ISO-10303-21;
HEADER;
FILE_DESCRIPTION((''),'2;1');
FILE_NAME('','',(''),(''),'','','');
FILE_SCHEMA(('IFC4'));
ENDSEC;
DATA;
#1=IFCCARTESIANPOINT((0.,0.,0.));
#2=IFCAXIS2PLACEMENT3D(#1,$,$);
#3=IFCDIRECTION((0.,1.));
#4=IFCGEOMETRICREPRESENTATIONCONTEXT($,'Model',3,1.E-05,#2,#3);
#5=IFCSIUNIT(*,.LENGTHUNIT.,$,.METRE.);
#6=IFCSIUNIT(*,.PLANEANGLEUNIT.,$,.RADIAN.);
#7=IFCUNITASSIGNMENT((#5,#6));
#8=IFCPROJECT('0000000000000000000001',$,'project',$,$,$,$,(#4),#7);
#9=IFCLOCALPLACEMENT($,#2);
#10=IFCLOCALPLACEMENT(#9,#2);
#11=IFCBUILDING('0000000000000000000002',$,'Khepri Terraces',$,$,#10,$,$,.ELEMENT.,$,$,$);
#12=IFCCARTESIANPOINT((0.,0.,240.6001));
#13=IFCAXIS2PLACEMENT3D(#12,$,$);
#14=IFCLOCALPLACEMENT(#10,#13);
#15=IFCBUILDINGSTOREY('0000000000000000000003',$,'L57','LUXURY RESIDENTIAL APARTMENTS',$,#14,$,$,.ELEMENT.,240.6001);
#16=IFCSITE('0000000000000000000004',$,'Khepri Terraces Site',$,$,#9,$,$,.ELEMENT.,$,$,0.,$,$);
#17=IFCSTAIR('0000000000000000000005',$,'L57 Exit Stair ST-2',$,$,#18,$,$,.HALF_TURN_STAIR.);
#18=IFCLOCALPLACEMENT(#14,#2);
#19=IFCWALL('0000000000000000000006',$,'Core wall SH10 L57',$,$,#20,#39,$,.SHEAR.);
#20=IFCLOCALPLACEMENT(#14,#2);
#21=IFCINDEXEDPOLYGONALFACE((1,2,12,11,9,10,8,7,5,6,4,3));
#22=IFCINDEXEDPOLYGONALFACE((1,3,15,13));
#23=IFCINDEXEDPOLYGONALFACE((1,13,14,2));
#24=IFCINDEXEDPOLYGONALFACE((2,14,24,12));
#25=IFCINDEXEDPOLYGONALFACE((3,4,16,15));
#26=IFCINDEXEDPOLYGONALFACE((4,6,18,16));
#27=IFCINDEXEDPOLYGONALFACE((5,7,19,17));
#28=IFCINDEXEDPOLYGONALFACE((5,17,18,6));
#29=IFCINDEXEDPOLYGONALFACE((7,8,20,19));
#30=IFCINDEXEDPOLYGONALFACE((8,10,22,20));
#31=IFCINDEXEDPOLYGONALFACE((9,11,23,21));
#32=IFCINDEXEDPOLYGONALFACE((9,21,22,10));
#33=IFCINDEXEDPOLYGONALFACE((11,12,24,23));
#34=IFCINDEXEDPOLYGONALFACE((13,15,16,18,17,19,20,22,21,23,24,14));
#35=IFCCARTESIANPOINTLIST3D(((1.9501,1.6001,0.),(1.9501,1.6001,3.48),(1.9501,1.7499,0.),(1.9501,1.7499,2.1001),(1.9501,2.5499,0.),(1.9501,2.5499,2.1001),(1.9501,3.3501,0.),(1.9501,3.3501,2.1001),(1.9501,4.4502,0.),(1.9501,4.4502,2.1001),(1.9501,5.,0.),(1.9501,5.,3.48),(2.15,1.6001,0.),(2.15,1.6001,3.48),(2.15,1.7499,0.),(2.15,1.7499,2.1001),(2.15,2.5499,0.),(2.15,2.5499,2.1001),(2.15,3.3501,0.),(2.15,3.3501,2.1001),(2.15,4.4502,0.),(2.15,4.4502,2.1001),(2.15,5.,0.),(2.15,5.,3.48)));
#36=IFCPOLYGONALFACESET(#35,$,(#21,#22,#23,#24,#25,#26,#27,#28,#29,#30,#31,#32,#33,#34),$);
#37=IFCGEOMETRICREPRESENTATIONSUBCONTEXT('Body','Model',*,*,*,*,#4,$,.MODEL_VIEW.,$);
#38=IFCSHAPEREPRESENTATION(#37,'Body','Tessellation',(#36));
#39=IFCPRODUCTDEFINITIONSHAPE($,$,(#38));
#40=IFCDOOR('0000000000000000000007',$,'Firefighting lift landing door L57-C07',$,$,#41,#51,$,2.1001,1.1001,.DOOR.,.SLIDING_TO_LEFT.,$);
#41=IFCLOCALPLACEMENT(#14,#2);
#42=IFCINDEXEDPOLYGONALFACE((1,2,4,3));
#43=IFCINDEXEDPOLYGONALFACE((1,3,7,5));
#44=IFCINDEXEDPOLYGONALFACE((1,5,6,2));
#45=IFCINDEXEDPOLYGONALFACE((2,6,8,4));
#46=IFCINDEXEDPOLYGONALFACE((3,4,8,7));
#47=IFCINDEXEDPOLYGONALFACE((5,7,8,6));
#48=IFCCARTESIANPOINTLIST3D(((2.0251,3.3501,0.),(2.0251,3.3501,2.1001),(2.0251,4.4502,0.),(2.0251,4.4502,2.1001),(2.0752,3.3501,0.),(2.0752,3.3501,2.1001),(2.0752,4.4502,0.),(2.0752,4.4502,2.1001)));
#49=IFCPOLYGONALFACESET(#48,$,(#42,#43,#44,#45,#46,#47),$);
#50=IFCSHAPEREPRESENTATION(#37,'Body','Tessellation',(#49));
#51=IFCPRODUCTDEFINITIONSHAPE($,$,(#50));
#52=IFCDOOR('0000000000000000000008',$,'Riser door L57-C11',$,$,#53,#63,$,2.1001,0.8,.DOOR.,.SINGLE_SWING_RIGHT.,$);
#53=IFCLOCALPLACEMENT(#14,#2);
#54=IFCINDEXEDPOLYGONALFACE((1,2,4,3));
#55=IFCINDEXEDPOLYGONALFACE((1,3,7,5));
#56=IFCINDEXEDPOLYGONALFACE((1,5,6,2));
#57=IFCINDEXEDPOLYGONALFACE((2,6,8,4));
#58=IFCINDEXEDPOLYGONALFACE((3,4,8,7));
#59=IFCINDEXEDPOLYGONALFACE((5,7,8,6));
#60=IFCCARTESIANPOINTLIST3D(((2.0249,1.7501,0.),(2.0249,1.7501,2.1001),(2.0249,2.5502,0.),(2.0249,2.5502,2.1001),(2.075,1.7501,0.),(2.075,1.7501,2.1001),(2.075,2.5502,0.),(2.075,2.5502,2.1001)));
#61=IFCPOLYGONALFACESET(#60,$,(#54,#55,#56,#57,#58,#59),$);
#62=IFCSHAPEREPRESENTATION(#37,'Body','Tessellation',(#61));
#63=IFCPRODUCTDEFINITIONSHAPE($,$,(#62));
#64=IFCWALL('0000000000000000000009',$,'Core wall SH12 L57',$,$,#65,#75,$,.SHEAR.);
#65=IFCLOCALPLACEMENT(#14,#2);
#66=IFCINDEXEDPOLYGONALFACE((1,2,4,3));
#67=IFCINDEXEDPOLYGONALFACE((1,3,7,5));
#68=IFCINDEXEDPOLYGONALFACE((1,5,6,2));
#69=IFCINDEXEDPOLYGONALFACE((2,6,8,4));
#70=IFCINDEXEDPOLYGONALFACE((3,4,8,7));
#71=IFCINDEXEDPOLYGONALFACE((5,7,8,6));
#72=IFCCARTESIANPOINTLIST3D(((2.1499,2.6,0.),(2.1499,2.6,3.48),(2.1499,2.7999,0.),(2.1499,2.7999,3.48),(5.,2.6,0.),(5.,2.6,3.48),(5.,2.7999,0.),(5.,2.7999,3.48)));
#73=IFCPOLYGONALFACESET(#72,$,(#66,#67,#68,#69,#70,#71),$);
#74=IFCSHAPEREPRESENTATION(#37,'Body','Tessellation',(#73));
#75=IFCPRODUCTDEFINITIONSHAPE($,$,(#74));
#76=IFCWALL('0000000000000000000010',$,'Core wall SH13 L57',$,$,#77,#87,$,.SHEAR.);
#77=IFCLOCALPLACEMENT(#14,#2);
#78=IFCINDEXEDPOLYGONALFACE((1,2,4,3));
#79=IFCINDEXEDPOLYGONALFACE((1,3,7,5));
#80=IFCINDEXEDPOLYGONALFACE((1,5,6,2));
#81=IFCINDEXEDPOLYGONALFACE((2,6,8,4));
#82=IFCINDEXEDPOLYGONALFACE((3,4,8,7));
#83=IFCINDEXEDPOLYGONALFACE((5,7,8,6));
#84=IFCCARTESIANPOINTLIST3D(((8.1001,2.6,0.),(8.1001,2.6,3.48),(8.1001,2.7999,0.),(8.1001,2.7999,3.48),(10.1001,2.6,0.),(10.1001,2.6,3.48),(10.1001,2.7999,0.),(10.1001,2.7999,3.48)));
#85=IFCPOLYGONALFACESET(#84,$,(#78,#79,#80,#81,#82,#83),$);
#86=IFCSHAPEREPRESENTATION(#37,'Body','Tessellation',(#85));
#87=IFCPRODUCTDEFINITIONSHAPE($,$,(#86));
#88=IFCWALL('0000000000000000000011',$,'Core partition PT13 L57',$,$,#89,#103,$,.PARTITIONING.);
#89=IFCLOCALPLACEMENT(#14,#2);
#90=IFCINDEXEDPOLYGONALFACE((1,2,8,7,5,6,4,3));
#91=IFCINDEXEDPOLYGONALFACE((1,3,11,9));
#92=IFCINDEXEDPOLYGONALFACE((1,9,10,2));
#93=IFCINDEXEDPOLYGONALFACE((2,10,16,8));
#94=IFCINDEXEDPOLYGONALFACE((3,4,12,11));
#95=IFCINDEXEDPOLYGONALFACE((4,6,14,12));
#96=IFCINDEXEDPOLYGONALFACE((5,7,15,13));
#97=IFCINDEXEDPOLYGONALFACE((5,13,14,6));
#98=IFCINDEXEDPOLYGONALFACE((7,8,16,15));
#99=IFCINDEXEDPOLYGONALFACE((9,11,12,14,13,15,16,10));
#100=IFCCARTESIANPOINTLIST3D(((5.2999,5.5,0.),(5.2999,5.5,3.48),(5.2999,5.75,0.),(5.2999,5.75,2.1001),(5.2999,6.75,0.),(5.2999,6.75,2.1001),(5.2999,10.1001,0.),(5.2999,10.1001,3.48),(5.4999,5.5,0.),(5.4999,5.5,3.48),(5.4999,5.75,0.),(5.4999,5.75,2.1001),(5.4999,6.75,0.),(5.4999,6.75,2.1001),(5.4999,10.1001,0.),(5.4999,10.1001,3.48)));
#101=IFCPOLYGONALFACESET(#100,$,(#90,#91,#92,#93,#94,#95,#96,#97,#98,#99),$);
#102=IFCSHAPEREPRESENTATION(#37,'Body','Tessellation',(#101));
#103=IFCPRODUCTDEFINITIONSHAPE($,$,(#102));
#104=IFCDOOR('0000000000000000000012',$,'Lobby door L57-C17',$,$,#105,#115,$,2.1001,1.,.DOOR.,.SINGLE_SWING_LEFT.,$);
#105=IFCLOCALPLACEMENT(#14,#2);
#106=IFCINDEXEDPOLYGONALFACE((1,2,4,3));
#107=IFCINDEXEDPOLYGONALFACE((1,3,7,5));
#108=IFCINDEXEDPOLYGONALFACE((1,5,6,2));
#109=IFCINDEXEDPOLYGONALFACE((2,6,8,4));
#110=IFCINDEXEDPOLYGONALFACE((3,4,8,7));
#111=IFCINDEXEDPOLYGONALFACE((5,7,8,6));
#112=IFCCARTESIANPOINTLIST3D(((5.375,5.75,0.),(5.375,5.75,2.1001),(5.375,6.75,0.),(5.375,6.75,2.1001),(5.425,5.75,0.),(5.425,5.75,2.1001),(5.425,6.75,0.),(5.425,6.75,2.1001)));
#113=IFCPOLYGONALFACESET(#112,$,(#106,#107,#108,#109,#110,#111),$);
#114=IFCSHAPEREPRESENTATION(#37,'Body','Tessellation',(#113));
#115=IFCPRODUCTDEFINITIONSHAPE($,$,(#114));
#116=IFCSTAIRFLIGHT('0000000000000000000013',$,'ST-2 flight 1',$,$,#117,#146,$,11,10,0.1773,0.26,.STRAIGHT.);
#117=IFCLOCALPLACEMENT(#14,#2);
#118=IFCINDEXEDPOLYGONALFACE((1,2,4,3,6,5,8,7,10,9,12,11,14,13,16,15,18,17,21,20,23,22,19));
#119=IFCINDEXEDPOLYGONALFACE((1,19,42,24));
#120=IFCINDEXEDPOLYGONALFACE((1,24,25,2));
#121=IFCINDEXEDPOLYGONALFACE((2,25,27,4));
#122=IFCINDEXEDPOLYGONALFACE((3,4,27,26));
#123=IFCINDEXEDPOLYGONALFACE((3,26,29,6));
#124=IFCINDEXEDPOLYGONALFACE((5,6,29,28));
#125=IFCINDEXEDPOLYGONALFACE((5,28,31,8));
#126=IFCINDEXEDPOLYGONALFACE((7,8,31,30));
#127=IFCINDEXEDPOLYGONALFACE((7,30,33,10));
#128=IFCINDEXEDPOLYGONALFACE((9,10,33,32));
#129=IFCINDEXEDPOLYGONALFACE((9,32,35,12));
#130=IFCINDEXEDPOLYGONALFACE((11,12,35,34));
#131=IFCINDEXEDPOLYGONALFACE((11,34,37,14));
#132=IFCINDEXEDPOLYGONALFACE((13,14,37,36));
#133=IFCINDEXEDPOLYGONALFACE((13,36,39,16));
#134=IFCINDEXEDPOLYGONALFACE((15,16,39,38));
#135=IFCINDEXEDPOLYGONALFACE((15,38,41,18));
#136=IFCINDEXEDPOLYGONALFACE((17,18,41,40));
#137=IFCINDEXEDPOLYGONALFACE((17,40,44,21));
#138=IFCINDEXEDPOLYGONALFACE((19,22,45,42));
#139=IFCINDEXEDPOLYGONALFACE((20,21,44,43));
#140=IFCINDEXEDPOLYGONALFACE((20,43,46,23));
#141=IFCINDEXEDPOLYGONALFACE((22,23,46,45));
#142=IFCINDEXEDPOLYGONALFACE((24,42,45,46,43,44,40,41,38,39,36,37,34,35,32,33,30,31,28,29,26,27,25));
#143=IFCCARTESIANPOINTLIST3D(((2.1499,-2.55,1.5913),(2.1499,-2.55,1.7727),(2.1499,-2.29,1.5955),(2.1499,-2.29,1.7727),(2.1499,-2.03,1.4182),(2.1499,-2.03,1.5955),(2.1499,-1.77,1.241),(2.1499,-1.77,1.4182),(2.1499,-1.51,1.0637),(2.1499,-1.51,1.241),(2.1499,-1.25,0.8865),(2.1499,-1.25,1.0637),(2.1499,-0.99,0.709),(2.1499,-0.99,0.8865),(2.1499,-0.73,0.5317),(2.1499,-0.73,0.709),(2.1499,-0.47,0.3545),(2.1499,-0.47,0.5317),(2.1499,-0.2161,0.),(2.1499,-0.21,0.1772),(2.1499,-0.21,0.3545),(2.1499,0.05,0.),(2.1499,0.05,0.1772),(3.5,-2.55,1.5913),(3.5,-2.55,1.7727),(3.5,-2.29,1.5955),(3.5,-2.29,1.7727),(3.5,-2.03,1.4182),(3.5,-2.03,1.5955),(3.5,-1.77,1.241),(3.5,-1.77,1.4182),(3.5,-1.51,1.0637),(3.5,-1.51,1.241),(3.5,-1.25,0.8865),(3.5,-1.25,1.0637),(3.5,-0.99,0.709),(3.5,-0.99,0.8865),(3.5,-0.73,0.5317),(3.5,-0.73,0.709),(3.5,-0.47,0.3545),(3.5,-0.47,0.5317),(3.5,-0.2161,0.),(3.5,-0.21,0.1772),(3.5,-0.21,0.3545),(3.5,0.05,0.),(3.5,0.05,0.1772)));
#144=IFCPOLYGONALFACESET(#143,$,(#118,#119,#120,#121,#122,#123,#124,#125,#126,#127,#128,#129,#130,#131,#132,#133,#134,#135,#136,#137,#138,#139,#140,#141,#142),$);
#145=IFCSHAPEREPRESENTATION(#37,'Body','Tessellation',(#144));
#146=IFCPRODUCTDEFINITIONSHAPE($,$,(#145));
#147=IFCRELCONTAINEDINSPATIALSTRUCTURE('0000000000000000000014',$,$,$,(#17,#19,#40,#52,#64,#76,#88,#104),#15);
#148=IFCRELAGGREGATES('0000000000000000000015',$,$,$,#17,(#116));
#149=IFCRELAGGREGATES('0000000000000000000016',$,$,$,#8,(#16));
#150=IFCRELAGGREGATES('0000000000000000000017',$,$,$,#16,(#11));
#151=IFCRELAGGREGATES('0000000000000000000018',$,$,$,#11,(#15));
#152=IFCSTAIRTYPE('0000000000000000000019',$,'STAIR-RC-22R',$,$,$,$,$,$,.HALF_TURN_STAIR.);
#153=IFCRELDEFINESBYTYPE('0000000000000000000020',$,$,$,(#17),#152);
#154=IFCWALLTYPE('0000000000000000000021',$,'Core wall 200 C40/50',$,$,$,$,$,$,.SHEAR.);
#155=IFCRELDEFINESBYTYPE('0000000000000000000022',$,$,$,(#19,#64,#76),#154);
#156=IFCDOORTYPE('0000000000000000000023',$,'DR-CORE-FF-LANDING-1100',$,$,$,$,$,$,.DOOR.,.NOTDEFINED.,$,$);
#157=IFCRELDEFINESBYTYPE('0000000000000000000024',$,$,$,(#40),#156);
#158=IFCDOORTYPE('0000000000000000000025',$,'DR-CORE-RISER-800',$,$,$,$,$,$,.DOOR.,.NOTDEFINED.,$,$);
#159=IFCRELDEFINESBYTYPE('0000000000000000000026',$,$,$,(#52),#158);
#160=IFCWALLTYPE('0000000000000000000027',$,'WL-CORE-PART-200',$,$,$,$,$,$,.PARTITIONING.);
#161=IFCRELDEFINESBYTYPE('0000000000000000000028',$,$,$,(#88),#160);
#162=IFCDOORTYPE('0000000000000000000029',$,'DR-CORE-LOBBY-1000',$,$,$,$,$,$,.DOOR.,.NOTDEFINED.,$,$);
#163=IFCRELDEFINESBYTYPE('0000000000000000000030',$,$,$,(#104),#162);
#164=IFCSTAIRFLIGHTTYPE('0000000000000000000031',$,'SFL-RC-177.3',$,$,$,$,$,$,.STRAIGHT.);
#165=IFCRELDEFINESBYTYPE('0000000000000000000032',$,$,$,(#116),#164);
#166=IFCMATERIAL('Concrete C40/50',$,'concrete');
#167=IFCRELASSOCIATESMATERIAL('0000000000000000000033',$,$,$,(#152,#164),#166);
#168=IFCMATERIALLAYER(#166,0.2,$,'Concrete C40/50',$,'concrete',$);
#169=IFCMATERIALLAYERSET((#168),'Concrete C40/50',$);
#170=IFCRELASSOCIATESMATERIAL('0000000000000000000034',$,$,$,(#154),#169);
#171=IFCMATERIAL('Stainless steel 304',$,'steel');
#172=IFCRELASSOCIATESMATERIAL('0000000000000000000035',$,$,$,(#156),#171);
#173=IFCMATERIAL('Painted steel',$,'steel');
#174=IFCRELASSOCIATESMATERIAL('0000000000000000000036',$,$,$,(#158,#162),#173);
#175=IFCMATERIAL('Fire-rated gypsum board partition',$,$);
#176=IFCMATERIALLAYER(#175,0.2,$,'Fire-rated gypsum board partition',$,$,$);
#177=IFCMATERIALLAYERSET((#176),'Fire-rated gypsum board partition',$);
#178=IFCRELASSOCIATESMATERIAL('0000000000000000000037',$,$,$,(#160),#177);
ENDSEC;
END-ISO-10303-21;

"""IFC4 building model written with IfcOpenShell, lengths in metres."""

from ifc_helpers import new_model, si_unit, direction, frame, frame_2d, origin, place, context, subcontext, project, spatial, polyline, rectangle, outline, extrude, material, layer, layer_set, type_object, element, fill, aggregate, save


model = new_model("IFC4")

# Units and contexts
model_context = context("Model", 3, precision=1e-05, world=origin(), true_north=direction((0.0, 1.0)))
body_context = subcontext(model_context, "Body", "Model", "MODEL_VIEW")
ifc_project = project(units=[si_unit("LENGTHUNIT", "METRE"), si_unit("PLANEANGLEUNIT", "RADIAN")], contexts=[model_context])

# Site, building, storey
site_placement = place(None, origin())
site = spatial("IfcSite", under=ifc_project, at=site_placement, Name="Khepri Terraces Site", CompositionType="ELEMENT", RefElevation=0.0)
building_placement = place(site_placement, origin())
building = spatial("IfcBuilding", under=site, at=building_placement, Name="Khepri Terraces", CompositionType="ELEMENT")
storey_placement = place(building_placement, frame((0.0, 0.0, 240.6001)))
storey = spatial("IfcBuildingStorey", under=building, at=storey_placement, Name="L57", Description="LUXURY RESIDENTIAL APARTMENTS", CompositionType="ELEMENT", Elevation=240.6001)

# Stair
ifc_material_1 = material(Name="Concrete C40/50", Category="concrete")
stair_type = type_object("IfcStairType", Name="STAIR-RC-22R", PredefinedType="HALF_TURN_STAIR", material=ifc_material_1)
stair_1_placement = place(storey_placement, origin())
stair_1 = element("IfcStair", 1, at=stair_1_placement, inside=storey, type_object=stair_type, Name="L57 Exit Stair ST-2", PredefinedType="HALF_TURN_STAIR")

# Shared definitions
ifc_layer_1 = layer(ifc_material_1, 0.2, Name="Concrete C40/50", Category="concrete")
ifc_layer_set_1 = layer_set([ifc_layer_1], Name="Concrete C40/50")
wall_type_1 = type_object("IfcWallType", Name="Core wall 200 C40/50", PredefinedType="SHEAR", material=ifc_layer_set_1)

# Shared definitions
ifc_material_2 = material(Name="Painted steel", Category="steel")

# Wall, openings, doors
wall_1_placement = place(storey_placement, frame((2.05, 1.6001, 0.0), z_axis=(0.0, 0.0, 1.0), x_axis=(0.0, 1.0, 0.0)))
wall_1 = element("IfcWall", 2, at=wall_1_placement, inside=storey, type_object=wall_type_1, Name="Core wall SH10 L57", PredefinedType="SHEAR", context=body_context, shape_type="SweptSolid", body=[
    extrude(rectangle(XDim=3.3999, YDim=0.2, at=frame_2d((1.7, 0.0))), origin(), (0.0, 0.0, 1.0), 3.48),
])
opening_1_placement = place(wall_1_placement, frame((1.75, 0.0, 0.0)))
opening_1 = element("IfcOpeningElement", 3, at=opening_1_placement, cuts=wall_1, PredefinedType="OPENING", context=body_context, shape_type="SweptSolid", body=[
    extrude(rectangle(XDim=1.1001, YDim=2.1001, at=frame_2d((0.55, 1.05))), frame((0.0, 0.1099, 0.0), z_axis=(0.0, -1.0, 0.0), x_axis=(1.0, 0.0, 0.0)), (0.0, 0.0, 1.0), 0.22),
])
opening_2_placement = place(wall_1_placement, frame((0.1499, 0.0, 0.0)))
opening_2 = element("IfcOpeningElement", 4, at=opening_2_placement, cuts=wall_1, PredefinedType="OPENING", context=body_context, shape_type="SweptSolid", body=[
    extrude(rectangle(XDim=0.8, YDim=2.1001, at=frame_2d((0.3999, 1.05))), frame((0.0, 0.1099, 0.0), z_axis=(0.0, -1.0, 0.0), x_axis=(1.0, 0.0, 0.0)), (0.0, 0.0, 1.0), 0.22),
])
ifc_material_3 = material(Name="Stainless steel 304", Category="steel")
door_type_1 = type_object("IfcDoorType", Name="DR-CORE-FF-LANDING-1100", OperationType="NOTDEFINED", PredefinedType="DOOR", material=ifc_material_3)
door_1_placement = place(opening_1_placement, origin())
door_1 = element("IfcDoor", 5, at=door_1_placement, inside=storey, type_object=door_type_1, Name="Firefighting lift landing door L57-C07", OperationType="SLIDING_TO_LEFT", OverallHeight=2.1001, OverallWidth=1.1001, PredefinedType="DOOR", context=body_context, shape_type="SweptSolid", body=[
    extrude(rectangle(XDim=1.1001, YDim=2.1001, at=frame_2d((0.55, 1.05))), frame((0.0, 0.0249, 0.0), z_axis=(0.0, -1.0, 0.0), x_axis=(1.0, 0.0, 0.0)), (0.0, 0.0, 1.0), 0.05),
])
fill(opening_1, door_1)
door_type_2 = type_object("IfcDoorType", Name="DR-CORE-RISER-800", OperationType="NOTDEFINED", PredefinedType="DOOR", material=ifc_material_2)
door_2_placement = place(opening_2_placement, frame((0.8, 0.0, 0.0), z_axis=(0.0, 0.0, 1.0), x_axis=(-1.0, 0.0, 0.0)))
door_2 = element("IfcDoor", 6, at=door_2_placement, inside=storey, type_object=door_type_2, Name="Riser door L57-C11", OperationType="SINGLE_SWING_RIGHT", OverallHeight=2.1001, OverallWidth=0.8, PredefinedType="DOOR", context=body_context, shape_type="SweptSolid", body=[
    extrude(rectangle(XDim=0.8, YDim=2.1001, at=frame_2d((0.3999, 1.05))), frame((0.0, 0.0249, 0.0), z_axis=(0.0, -1.0, 0.0), x_axis=(1.0, 0.0, 0.0)), (0.0, 0.0, 1.0), 0.05),
])
fill(opening_2, door_2)

# Walls
wall_2_placement = place(storey_placement, frame((2.1499, 2.7, 0.0), z_axis=(0.0, 0.0, 1.0), x_axis=(1.0, 0.0, 0.0)))
element("IfcWall", 7, at=wall_2_placement, inside=storey, type_object=wall_type_1, Name="Core wall SH12 L57", PredefinedType="SHEAR", context=body_context, shape_type="SweptSolid", body=[
    extrude(rectangle(XDim=2.8501, YDim=0.2, at=frame_2d((1.425, 0.0))), origin(), (0.0, 0.0, 1.0), 3.48),
])
wall_3_placement = place(storey_placement, frame((8.1001, 2.7, 0.0), z_axis=(0.0, 0.0, 1.0), x_axis=(1.0, 0.0, 0.0)))
element("IfcWall", 8, at=wall_3_placement, inside=storey, type_object=wall_type_1, Name="Core wall SH13 L57", PredefinedType="SHEAR", context=body_context, shape_type="SweptSolid", body=[
    extrude(rectangle(XDim=2.0, YDim=0.2, at=frame_2d((1.0, 0.0))), origin(), (0.0, 0.0, 1.0), 3.48),
])

# Wall, opening, door
ifc_material_4 = material(Name="Fire-rated gypsum board partition")
ifc_layer_2 = layer(ifc_material_4, 0.2, Name="Fire-rated gypsum board partition")
ifc_layer_set_2 = layer_set([ifc_layer_2], Name="Fire-rated gypsum board partition")
wall_type_2 = type_object("IfcWallType", Name="WL-CORE-PART-200", PredefinedType="PARTITIONING", material=ifc_layer_set_2)
wall_4_placement = place(storey_placement, frame((5.3999, 5.5, 0.0), z_axis=(0.0, 0.0, 1.0), x_axis=(0.0, 1.0, 0.0)))
wall_4 = element("IfcWall", 9, at=wall_4_placement, inside=storey, type_object=wall_type_2, Name="Core partition PT13 L57", PredefinedType="PARTITIONING", context=body_context, shape_type="SweptSolid", body=[
    extrude(rectangle(XDim=4.6001, YDim=0.2, at=frame_2d((2.3, 0.0))), origin(), (0.0, 0.0, 1.0), 3.48),
])
opening_3_placement = place(wall_4_placement, frame((0.25, 0.0, 0.0)))
opening_3 = element("IfcOpeningElement", 10, at=opening_3_placement, cuts=wall_4, PredefinedType="OPENING", context=body_context, shape_type="SweptSolid", body=[
    extrude(rectangle(XDim=1.0, YDim=2.1001, at=frame_2d((0.5, 1.05))), frame((0.0, 0.1099, 0.0), z_axis=(0.0, -1.0, 0.0), x_axis=(1.0, 0.0, 0.0)), (0.0, 0.0, 1.0), 0.22),
])
door_type_3 = type_object("IfcDoorType", Name="DR-CORE-LOBBY-1000", OperationType="NOTDEFINED", PredefinedType="DOOR", material=ifc_material_2)
door_3_placement = place(opening_3_placement, origin())
door_3 = element("IfcDoor", 11, at=door_3_placement, inside=storey, type_object=door_type_3, Name="Lobby door L57-C17", OperationType="SINGLE_SWING_LEFT", OverallHeight=2.1001, OverallWidth=1.0, PredefinedType="DOOR", context=body_context, shape_type="SweptSolid", body=[
    extrude(rectangle(XDim=1.0, YDim=2.1001, at=frame_2d((0.5, 1.05))), frame((0.0, 0.0249, 0.0), z_axis=(0.0, -1.0, 0.0), x_axis=(1.0, 0.0, 0.0)), (0.0, 0.0, 1.0), 0.05),
])
fill(opening_3, door_3)

# Stair flight
stair_flight_type = type_object("IfcStairFlightType", Name="SFL-RC-177.3", PredefinedType="STRAIGHT", material=ifc_material_1)
stair_flight_placement = place(storey_placement, frame((2.825, 0.05, 0.0), z_axis=(0.0, 0.0, 1.0), x_axis=(0.0, -1.0, 0.0)))
stair_flight = element("IfcStairFlight", 12, at=stair_flight_placement, type_object=stair_flight_type, Name="ST-2 flight 1", NumberOfRisers=11, NumberOfTreads=10, PredefinedType="STRAIGHT", RiserHeight=0.1773, TreadLength=0.26, context=body_context, shape_type="SweptSolid", body=[
    extrude(outline(polyline([(0.0, 0.0), (0.0, 0.1772), (0.26, 0.1772), (0.26, 0.3545), (0.52, 0.3545), (0.52, 0.5317), (0.78, 0.5317), (0.78, 0.709), (1.04, 0.709), (1.04, 0.8865), (1.3, 0.8865), (1.3, 1.0637), (1.5601, 1.0637), (1.5601, 1.241), (1.8201, 1.241), (1.8201, 1.4182), (2.0801, 1.4182), (2.0801, 1.5955), (2.3401, 1.5955), (2.3401, 1.7727), (2.6001, 1.7727), (2.6001, 1.95), (2.6001, 1.5913), (0.2661, 0.0), (0.0, 0.0)])), frame((0.0, 0.675, 0.0), z_axis=(0.0, -1.0, 0.0), x_axis=(1.0, 0.0, 0.0)), (0.0, 0.0, 1.0), 1.3501),
])
aggregate(stair_1, [stair_flight])

save(model, "model.ifc")
